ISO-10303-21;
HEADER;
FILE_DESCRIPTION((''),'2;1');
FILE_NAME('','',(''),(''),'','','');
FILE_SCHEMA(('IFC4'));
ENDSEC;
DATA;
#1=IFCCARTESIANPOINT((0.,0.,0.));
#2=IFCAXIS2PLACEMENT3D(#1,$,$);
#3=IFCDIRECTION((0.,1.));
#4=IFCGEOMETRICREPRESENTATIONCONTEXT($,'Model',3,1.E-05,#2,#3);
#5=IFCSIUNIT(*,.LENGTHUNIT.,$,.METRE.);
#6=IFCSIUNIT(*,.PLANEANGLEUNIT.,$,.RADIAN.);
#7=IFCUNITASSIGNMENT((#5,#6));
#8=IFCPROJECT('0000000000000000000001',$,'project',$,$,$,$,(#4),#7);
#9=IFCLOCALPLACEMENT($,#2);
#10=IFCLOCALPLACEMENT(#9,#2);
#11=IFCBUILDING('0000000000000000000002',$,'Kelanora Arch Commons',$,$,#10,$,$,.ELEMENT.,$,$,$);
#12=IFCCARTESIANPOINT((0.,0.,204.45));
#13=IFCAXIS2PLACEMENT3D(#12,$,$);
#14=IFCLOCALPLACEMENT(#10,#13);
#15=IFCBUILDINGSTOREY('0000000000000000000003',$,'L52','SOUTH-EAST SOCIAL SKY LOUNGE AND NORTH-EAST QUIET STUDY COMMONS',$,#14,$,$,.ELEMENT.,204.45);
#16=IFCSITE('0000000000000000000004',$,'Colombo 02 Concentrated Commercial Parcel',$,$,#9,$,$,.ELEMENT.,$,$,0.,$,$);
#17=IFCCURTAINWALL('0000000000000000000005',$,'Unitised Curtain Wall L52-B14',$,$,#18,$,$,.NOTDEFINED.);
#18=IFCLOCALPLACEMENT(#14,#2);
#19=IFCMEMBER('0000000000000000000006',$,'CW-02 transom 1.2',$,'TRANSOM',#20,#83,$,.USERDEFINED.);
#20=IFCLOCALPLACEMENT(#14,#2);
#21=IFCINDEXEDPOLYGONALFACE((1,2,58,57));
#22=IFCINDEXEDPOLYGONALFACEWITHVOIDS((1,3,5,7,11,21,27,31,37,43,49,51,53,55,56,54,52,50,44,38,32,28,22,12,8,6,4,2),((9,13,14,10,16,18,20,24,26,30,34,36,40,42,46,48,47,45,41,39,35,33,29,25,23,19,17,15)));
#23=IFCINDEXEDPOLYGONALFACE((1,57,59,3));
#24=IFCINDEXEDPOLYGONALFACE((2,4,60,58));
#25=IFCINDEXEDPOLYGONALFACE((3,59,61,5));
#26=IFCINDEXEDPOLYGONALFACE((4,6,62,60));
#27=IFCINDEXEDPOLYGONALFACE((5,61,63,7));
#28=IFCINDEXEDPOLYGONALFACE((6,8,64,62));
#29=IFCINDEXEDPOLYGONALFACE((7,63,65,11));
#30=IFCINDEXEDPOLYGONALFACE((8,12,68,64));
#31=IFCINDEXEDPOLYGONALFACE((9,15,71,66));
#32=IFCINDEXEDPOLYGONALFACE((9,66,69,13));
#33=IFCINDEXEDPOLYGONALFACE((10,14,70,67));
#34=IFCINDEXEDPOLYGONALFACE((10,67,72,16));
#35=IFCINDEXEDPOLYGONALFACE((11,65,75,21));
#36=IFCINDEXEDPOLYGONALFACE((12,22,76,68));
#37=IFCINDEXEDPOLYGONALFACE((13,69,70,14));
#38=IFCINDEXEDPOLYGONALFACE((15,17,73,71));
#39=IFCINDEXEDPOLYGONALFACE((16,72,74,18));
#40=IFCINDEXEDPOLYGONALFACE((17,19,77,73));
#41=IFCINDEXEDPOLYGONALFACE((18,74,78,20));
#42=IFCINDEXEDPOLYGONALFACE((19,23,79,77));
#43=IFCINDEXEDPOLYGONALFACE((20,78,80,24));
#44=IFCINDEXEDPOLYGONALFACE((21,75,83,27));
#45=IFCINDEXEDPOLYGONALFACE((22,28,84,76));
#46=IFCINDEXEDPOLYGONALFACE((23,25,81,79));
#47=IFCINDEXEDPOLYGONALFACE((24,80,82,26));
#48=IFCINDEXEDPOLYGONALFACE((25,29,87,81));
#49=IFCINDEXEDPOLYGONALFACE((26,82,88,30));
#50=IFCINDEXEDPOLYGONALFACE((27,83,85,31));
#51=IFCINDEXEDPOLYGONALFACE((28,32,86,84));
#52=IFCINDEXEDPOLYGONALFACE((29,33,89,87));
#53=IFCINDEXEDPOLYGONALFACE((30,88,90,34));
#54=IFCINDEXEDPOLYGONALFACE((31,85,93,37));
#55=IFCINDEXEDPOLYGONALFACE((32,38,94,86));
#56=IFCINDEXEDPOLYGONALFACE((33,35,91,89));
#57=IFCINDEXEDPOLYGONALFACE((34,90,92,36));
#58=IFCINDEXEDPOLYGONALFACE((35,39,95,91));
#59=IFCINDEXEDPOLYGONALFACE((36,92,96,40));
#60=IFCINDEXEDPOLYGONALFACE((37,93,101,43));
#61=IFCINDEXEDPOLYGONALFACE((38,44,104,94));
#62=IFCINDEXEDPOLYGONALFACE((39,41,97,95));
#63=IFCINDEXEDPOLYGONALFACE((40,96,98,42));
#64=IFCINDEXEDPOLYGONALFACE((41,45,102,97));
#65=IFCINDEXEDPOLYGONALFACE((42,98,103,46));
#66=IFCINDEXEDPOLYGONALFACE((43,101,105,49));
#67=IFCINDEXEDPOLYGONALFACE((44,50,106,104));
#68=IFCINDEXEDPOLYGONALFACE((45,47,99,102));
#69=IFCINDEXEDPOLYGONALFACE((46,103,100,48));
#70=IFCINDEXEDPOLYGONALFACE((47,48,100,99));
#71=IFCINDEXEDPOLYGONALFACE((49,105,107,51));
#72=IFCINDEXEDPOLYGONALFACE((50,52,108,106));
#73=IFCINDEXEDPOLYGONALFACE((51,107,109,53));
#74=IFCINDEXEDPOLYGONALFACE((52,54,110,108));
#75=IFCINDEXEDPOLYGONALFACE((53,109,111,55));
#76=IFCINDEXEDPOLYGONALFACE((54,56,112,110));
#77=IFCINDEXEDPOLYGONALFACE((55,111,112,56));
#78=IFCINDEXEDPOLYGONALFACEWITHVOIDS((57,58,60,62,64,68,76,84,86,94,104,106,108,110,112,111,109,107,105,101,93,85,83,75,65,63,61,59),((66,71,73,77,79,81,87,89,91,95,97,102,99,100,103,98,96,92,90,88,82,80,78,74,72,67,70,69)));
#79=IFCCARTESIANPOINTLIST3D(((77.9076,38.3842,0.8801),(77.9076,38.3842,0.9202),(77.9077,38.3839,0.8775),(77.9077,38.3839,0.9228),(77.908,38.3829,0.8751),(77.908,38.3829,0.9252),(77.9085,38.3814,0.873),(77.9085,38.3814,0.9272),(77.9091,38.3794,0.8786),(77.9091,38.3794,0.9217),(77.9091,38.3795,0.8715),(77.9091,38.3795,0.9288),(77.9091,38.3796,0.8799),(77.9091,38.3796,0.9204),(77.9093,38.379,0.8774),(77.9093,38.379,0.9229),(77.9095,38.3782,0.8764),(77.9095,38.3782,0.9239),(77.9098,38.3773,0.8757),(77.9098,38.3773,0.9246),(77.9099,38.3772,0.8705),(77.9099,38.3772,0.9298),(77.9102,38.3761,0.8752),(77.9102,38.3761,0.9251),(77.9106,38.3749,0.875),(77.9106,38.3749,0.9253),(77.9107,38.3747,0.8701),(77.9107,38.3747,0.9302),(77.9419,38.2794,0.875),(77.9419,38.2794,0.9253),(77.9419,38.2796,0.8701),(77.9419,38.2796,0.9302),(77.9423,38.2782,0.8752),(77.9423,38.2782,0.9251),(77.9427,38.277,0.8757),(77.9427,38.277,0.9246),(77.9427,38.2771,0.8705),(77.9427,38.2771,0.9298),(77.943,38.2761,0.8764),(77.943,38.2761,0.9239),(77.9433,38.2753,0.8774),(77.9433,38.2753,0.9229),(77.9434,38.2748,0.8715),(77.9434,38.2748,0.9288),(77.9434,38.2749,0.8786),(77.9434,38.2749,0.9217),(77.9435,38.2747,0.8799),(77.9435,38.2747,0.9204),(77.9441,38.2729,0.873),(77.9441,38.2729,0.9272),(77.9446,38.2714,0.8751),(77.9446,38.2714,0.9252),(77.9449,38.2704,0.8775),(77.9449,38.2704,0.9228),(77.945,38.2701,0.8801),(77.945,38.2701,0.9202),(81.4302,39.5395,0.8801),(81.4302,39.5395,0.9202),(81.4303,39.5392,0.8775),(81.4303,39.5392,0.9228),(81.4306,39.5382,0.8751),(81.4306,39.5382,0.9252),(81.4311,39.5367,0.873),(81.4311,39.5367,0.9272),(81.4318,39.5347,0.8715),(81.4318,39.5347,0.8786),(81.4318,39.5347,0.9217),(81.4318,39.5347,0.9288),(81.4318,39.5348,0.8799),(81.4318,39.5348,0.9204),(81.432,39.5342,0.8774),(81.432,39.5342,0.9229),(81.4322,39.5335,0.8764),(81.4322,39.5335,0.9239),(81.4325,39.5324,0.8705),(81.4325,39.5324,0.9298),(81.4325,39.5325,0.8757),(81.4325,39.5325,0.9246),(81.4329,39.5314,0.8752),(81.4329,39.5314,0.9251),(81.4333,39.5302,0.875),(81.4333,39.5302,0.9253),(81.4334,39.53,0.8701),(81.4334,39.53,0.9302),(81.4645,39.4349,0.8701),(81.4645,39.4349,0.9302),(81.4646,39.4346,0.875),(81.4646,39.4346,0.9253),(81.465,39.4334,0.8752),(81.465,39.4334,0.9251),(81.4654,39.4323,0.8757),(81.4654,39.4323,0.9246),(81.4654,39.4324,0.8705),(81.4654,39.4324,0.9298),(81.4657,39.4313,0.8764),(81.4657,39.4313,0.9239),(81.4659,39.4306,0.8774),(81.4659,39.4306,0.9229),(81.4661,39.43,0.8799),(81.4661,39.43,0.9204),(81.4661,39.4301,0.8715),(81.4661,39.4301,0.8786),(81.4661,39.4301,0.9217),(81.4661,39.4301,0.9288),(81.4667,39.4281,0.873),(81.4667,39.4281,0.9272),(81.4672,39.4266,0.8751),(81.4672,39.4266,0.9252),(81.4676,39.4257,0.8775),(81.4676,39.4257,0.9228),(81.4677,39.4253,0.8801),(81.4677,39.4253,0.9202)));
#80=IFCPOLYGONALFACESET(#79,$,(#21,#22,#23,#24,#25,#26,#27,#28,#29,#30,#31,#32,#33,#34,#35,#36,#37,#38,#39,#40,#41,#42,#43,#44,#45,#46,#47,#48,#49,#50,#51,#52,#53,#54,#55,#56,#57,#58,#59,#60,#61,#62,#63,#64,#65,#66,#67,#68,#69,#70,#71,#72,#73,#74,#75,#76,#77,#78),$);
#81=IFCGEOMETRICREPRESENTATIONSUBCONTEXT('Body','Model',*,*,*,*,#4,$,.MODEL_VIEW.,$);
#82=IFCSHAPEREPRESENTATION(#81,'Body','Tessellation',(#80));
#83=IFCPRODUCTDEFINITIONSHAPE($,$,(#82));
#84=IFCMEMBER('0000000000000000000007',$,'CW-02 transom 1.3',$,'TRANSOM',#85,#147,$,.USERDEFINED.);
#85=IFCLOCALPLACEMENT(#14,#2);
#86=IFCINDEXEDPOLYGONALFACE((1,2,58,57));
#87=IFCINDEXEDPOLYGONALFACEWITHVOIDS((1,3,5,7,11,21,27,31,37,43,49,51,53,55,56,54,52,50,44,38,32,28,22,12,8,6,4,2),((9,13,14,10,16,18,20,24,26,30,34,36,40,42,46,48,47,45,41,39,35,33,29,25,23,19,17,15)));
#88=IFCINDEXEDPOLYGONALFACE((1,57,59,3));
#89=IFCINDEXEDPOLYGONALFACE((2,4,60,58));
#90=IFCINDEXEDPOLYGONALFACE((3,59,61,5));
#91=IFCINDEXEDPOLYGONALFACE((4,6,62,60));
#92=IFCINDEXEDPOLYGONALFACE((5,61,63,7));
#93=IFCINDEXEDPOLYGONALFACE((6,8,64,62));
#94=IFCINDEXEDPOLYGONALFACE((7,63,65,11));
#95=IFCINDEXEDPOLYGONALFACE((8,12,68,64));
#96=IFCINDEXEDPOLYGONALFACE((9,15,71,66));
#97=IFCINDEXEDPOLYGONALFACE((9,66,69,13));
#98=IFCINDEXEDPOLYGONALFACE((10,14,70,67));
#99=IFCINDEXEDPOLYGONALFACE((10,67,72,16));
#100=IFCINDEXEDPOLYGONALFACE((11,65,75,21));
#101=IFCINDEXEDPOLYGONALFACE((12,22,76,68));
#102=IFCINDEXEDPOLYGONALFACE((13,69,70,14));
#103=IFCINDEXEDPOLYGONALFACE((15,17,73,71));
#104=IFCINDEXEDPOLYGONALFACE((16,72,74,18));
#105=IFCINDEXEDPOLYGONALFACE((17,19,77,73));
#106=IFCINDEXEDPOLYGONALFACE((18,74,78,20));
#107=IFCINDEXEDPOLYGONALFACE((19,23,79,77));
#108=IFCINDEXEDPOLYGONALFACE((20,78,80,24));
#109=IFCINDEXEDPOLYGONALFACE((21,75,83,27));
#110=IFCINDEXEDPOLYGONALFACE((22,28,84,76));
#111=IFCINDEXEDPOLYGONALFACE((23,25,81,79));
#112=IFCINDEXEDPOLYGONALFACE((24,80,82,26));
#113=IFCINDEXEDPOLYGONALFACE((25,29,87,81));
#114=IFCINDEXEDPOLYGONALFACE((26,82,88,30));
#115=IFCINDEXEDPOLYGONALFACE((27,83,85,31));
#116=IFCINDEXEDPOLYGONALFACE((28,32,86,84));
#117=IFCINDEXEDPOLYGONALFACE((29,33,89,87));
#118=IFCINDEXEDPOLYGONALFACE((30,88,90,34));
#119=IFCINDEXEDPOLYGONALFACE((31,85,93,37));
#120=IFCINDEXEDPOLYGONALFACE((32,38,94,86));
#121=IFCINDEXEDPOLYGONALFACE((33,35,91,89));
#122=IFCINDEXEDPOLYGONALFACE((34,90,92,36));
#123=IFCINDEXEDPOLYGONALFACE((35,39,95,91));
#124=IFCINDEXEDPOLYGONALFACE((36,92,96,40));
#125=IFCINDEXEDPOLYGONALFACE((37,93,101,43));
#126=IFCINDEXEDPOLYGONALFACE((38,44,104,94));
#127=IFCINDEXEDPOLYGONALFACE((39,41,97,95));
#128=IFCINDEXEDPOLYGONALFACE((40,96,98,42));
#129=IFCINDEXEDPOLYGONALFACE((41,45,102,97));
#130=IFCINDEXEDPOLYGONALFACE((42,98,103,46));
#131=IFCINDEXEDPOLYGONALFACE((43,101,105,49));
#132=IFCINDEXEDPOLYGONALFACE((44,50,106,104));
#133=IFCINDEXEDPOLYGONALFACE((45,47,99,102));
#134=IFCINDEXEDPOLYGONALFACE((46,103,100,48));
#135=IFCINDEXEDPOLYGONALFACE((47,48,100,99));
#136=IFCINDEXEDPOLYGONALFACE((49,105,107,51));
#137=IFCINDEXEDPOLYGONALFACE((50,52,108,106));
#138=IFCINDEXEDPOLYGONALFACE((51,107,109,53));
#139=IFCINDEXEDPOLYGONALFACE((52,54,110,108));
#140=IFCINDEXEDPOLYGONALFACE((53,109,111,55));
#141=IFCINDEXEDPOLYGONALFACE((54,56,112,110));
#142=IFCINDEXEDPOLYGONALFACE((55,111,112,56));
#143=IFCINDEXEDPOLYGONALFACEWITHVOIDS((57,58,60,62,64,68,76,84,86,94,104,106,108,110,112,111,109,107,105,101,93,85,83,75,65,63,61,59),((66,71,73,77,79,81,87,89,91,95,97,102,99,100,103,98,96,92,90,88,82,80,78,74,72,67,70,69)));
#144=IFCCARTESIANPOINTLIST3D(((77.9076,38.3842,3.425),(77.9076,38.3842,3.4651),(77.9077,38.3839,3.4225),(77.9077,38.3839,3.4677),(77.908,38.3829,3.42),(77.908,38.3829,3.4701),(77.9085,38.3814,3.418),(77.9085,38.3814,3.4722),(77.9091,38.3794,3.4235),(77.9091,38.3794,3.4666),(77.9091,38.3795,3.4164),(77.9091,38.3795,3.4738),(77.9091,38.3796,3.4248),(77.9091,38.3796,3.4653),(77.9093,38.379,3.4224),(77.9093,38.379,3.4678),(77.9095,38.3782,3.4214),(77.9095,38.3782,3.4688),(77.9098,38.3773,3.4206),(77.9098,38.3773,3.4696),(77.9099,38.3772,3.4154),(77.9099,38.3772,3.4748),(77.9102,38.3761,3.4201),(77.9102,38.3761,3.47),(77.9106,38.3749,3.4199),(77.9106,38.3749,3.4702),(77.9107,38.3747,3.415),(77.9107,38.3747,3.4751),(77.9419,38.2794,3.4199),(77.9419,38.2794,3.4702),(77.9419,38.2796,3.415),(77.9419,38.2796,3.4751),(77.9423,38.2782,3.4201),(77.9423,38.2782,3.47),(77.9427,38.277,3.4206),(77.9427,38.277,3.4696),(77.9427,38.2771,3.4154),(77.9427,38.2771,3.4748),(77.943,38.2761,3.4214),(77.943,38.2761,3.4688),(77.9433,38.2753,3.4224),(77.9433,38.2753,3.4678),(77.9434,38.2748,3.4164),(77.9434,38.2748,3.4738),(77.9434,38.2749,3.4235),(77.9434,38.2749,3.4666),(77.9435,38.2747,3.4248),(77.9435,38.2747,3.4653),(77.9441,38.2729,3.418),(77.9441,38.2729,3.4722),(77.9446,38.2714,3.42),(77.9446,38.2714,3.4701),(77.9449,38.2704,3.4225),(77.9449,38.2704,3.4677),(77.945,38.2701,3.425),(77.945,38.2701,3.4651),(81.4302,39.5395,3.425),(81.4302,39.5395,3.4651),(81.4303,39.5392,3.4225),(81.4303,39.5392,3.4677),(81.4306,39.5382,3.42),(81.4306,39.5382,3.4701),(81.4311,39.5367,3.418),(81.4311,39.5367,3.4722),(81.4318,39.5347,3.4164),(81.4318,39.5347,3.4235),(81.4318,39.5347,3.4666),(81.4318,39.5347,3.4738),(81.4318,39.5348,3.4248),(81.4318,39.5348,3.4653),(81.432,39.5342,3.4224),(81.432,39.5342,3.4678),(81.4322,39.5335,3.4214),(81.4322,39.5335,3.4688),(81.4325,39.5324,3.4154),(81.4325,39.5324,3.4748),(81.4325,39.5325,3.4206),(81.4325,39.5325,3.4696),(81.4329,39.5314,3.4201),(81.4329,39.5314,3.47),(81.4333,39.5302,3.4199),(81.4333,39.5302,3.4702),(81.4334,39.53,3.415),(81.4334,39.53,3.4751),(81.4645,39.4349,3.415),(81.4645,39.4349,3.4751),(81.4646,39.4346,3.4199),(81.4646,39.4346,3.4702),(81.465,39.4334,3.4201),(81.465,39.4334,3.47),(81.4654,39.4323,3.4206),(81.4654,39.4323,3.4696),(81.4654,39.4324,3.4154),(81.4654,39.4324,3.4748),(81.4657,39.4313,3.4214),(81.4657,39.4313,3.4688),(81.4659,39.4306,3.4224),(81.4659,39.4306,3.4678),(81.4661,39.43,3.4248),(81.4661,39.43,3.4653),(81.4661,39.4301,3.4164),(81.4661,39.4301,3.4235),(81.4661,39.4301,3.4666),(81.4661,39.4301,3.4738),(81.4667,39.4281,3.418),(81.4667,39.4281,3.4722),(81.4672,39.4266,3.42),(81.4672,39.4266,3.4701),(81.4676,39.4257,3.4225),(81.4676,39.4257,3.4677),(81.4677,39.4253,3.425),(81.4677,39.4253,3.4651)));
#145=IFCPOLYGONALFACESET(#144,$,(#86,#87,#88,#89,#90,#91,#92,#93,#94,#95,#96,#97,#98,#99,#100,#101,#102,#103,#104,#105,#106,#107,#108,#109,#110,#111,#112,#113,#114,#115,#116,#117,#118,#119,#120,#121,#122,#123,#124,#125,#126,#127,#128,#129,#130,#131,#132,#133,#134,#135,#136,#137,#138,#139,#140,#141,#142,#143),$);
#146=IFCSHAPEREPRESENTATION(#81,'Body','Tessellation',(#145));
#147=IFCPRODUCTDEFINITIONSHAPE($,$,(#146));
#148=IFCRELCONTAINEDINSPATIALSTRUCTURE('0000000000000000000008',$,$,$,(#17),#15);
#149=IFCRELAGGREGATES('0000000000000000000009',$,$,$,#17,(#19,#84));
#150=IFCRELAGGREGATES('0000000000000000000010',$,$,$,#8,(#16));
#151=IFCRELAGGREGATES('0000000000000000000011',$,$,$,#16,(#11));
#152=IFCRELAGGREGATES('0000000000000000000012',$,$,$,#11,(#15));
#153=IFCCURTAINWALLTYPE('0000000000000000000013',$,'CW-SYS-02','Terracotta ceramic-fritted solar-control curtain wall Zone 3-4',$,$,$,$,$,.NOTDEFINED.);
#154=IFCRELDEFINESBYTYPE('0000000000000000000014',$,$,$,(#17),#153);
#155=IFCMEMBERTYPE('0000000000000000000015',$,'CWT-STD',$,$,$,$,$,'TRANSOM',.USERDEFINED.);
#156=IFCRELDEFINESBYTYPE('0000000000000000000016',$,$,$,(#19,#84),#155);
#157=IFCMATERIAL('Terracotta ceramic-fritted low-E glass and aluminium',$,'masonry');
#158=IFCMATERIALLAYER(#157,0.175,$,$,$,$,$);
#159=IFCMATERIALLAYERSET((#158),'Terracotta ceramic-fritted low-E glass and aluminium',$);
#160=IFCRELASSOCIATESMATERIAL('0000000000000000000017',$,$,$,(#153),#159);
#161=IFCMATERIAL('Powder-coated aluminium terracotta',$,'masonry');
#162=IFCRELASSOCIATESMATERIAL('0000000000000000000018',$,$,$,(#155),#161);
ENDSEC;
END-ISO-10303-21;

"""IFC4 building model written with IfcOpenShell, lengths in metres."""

from ifc_helpers import new_model, si_unit, direction, frame, origin, origin_2d, place, context, subcontext, project, spatial, hollow_rectangle, extrude, material, layer, layer_set, material_profile, profile_set, type_object, element, aggregate, save


model = new_model("IFC4")

# Units and contexts
model_context = context("Model", 3, precision=1e-05, world=origin(), true_north=direction((0.0, 1.0)))
body_context = subcontext(model_context, "Body", "Model", "MODEL_VIEW")
ifc_project = project(units=[si_unit("LENGTHUNIT", "METRE"), si_unit("PLANEANGLEUNIT", "RADIAN")], contexts=[model_context])

# Site, building, storey
site_placement = place(None, origin())
site = spatial("IfcSite", under=ifc_project, at=site_placement, Name="Colombo 02 Concentrated Commercial Parcel", CompositionType="ELEMENT", RefElevation=0.0)
building_placement = place(site_placement, origin())
building = spatial("IfcBuilding", under=site, at=building_placement, Name="Kelanora Arch Commons", CompositionType="ELEMENT")
storey_placement = place(building_placement, frame((0.0, 0.0, 204.45)))
storey = spatial("IfcBuildingStorey", under=building, at=storey_placement, Name="L52", Description="SOUTH-EAST SOCIAL SKY LOUNGE AND NORTH-EAST QUIET STUDY COMMONS", CompositionType="ELEMENT", Elevation=204.45)

# Curtain wall, members
ifc_material_1 = material(Name="Terracotta ceramic-fritted low-E glass and aluminium", Category="masonry")
ifc_layer_1 = layer(ifc_material_1, 0.175)
ifc_layer_set_1 = layer_set([ifc_layer_1], Name="Terracotta ceramic-fritted low-E glass and aluminium")
curtain_wall_type = type_object("IfcCurtainWallType", Name="CW-SYS-02", Description="Terracotta ceramic-fritted solar-control curtain wall Zone 3-4", PredefinedType="NOTDEFINED", material=ifc_layer_set_1)
curtain_wall_placement = place(storey_placement, origin())
curtain_wall = element("IfcCurtainWall", 1, at=curtain_wall_placement, inside=storey, type_object=curtain_wall_type, Name="Unitised Curtain Wall L52-B14", PredefinedType="NOTDEFINED")
ifc_material_2 = material(Name="Powder-coated aluminium terracotta", Category="masonry")
ifc_material_profile_1 = material_profile(ifc_material_2, hollow_rectangle(XDim=0.1201, YDim=0.0601, WallThickness=0.0049, InnerFilletRadius=0.0049, OuterFilletRadius=0.01, at=origin_2d()), Name="CWT120x60")
ifc_profile_set_1 = profile_set([ifc_material_profile_1], Name="Powder-coated aluminium terracotta")
member_type_1 = type_object("IfcMemberType", Name="CWT-STD", ElementType="TRANSOM", PredefinedType="USERDEFINED", material=ifc_profile_set_1)
member_1_placement = place(storey_placement, frame((77.9263, 38.3271, 0.9001), z_axis=(0.950207, 0.311621, 0.0), x_axis=(-0.311621, 0.950207, 0.0)))
member_1 = element("IfcMember", 2, at=member_1_placement, type_object=member_type_1, Name="CW-02 transom 1.2", ObjectType="TRANSOM", PredefinedType="USERDEFINED", context=body_context, shape_type="SweptSolid", body=[
    extrude(hollow_rectangle(XDim=0.1201, YDim=0.0601, WallThickness=0.0049, InnerFilletRadius=0.0049, OuterFilletRadius=0.01, at=origin_2d()), origin(), (0.0, 0.0, 1.0), 3.7073),
])
member_2_placement = place(storey_placement, frame((77.9263, 38.3271, 3.4451), z_axis=(0.950207, 0.311621, 0.0), x_axis=(-0.311621, 0.950207, 0.0)))
member_2 = element("IfcMember", 3, at=member_2_placement, type_object=member_type_1, Name="CW-02 transom 1.3", ObjectType="TRANSOM", PredefinedType="USERDEFINED", context=body_context, shape_type="SweptSolid", body=[
    extrude(hollow_rectangle(XDim=0.1201, YDim=0.0601, WallThickness=0.0049, InnerFilletRadius=0.0049, OuterFilletRadius=0.01, at=origin_2d()), origin(), (0.0, 0.0, 1.0), 3.7073),
])
aggregate(curtain_wall, [member_1, member_2])

save(model, "model.ifc")
